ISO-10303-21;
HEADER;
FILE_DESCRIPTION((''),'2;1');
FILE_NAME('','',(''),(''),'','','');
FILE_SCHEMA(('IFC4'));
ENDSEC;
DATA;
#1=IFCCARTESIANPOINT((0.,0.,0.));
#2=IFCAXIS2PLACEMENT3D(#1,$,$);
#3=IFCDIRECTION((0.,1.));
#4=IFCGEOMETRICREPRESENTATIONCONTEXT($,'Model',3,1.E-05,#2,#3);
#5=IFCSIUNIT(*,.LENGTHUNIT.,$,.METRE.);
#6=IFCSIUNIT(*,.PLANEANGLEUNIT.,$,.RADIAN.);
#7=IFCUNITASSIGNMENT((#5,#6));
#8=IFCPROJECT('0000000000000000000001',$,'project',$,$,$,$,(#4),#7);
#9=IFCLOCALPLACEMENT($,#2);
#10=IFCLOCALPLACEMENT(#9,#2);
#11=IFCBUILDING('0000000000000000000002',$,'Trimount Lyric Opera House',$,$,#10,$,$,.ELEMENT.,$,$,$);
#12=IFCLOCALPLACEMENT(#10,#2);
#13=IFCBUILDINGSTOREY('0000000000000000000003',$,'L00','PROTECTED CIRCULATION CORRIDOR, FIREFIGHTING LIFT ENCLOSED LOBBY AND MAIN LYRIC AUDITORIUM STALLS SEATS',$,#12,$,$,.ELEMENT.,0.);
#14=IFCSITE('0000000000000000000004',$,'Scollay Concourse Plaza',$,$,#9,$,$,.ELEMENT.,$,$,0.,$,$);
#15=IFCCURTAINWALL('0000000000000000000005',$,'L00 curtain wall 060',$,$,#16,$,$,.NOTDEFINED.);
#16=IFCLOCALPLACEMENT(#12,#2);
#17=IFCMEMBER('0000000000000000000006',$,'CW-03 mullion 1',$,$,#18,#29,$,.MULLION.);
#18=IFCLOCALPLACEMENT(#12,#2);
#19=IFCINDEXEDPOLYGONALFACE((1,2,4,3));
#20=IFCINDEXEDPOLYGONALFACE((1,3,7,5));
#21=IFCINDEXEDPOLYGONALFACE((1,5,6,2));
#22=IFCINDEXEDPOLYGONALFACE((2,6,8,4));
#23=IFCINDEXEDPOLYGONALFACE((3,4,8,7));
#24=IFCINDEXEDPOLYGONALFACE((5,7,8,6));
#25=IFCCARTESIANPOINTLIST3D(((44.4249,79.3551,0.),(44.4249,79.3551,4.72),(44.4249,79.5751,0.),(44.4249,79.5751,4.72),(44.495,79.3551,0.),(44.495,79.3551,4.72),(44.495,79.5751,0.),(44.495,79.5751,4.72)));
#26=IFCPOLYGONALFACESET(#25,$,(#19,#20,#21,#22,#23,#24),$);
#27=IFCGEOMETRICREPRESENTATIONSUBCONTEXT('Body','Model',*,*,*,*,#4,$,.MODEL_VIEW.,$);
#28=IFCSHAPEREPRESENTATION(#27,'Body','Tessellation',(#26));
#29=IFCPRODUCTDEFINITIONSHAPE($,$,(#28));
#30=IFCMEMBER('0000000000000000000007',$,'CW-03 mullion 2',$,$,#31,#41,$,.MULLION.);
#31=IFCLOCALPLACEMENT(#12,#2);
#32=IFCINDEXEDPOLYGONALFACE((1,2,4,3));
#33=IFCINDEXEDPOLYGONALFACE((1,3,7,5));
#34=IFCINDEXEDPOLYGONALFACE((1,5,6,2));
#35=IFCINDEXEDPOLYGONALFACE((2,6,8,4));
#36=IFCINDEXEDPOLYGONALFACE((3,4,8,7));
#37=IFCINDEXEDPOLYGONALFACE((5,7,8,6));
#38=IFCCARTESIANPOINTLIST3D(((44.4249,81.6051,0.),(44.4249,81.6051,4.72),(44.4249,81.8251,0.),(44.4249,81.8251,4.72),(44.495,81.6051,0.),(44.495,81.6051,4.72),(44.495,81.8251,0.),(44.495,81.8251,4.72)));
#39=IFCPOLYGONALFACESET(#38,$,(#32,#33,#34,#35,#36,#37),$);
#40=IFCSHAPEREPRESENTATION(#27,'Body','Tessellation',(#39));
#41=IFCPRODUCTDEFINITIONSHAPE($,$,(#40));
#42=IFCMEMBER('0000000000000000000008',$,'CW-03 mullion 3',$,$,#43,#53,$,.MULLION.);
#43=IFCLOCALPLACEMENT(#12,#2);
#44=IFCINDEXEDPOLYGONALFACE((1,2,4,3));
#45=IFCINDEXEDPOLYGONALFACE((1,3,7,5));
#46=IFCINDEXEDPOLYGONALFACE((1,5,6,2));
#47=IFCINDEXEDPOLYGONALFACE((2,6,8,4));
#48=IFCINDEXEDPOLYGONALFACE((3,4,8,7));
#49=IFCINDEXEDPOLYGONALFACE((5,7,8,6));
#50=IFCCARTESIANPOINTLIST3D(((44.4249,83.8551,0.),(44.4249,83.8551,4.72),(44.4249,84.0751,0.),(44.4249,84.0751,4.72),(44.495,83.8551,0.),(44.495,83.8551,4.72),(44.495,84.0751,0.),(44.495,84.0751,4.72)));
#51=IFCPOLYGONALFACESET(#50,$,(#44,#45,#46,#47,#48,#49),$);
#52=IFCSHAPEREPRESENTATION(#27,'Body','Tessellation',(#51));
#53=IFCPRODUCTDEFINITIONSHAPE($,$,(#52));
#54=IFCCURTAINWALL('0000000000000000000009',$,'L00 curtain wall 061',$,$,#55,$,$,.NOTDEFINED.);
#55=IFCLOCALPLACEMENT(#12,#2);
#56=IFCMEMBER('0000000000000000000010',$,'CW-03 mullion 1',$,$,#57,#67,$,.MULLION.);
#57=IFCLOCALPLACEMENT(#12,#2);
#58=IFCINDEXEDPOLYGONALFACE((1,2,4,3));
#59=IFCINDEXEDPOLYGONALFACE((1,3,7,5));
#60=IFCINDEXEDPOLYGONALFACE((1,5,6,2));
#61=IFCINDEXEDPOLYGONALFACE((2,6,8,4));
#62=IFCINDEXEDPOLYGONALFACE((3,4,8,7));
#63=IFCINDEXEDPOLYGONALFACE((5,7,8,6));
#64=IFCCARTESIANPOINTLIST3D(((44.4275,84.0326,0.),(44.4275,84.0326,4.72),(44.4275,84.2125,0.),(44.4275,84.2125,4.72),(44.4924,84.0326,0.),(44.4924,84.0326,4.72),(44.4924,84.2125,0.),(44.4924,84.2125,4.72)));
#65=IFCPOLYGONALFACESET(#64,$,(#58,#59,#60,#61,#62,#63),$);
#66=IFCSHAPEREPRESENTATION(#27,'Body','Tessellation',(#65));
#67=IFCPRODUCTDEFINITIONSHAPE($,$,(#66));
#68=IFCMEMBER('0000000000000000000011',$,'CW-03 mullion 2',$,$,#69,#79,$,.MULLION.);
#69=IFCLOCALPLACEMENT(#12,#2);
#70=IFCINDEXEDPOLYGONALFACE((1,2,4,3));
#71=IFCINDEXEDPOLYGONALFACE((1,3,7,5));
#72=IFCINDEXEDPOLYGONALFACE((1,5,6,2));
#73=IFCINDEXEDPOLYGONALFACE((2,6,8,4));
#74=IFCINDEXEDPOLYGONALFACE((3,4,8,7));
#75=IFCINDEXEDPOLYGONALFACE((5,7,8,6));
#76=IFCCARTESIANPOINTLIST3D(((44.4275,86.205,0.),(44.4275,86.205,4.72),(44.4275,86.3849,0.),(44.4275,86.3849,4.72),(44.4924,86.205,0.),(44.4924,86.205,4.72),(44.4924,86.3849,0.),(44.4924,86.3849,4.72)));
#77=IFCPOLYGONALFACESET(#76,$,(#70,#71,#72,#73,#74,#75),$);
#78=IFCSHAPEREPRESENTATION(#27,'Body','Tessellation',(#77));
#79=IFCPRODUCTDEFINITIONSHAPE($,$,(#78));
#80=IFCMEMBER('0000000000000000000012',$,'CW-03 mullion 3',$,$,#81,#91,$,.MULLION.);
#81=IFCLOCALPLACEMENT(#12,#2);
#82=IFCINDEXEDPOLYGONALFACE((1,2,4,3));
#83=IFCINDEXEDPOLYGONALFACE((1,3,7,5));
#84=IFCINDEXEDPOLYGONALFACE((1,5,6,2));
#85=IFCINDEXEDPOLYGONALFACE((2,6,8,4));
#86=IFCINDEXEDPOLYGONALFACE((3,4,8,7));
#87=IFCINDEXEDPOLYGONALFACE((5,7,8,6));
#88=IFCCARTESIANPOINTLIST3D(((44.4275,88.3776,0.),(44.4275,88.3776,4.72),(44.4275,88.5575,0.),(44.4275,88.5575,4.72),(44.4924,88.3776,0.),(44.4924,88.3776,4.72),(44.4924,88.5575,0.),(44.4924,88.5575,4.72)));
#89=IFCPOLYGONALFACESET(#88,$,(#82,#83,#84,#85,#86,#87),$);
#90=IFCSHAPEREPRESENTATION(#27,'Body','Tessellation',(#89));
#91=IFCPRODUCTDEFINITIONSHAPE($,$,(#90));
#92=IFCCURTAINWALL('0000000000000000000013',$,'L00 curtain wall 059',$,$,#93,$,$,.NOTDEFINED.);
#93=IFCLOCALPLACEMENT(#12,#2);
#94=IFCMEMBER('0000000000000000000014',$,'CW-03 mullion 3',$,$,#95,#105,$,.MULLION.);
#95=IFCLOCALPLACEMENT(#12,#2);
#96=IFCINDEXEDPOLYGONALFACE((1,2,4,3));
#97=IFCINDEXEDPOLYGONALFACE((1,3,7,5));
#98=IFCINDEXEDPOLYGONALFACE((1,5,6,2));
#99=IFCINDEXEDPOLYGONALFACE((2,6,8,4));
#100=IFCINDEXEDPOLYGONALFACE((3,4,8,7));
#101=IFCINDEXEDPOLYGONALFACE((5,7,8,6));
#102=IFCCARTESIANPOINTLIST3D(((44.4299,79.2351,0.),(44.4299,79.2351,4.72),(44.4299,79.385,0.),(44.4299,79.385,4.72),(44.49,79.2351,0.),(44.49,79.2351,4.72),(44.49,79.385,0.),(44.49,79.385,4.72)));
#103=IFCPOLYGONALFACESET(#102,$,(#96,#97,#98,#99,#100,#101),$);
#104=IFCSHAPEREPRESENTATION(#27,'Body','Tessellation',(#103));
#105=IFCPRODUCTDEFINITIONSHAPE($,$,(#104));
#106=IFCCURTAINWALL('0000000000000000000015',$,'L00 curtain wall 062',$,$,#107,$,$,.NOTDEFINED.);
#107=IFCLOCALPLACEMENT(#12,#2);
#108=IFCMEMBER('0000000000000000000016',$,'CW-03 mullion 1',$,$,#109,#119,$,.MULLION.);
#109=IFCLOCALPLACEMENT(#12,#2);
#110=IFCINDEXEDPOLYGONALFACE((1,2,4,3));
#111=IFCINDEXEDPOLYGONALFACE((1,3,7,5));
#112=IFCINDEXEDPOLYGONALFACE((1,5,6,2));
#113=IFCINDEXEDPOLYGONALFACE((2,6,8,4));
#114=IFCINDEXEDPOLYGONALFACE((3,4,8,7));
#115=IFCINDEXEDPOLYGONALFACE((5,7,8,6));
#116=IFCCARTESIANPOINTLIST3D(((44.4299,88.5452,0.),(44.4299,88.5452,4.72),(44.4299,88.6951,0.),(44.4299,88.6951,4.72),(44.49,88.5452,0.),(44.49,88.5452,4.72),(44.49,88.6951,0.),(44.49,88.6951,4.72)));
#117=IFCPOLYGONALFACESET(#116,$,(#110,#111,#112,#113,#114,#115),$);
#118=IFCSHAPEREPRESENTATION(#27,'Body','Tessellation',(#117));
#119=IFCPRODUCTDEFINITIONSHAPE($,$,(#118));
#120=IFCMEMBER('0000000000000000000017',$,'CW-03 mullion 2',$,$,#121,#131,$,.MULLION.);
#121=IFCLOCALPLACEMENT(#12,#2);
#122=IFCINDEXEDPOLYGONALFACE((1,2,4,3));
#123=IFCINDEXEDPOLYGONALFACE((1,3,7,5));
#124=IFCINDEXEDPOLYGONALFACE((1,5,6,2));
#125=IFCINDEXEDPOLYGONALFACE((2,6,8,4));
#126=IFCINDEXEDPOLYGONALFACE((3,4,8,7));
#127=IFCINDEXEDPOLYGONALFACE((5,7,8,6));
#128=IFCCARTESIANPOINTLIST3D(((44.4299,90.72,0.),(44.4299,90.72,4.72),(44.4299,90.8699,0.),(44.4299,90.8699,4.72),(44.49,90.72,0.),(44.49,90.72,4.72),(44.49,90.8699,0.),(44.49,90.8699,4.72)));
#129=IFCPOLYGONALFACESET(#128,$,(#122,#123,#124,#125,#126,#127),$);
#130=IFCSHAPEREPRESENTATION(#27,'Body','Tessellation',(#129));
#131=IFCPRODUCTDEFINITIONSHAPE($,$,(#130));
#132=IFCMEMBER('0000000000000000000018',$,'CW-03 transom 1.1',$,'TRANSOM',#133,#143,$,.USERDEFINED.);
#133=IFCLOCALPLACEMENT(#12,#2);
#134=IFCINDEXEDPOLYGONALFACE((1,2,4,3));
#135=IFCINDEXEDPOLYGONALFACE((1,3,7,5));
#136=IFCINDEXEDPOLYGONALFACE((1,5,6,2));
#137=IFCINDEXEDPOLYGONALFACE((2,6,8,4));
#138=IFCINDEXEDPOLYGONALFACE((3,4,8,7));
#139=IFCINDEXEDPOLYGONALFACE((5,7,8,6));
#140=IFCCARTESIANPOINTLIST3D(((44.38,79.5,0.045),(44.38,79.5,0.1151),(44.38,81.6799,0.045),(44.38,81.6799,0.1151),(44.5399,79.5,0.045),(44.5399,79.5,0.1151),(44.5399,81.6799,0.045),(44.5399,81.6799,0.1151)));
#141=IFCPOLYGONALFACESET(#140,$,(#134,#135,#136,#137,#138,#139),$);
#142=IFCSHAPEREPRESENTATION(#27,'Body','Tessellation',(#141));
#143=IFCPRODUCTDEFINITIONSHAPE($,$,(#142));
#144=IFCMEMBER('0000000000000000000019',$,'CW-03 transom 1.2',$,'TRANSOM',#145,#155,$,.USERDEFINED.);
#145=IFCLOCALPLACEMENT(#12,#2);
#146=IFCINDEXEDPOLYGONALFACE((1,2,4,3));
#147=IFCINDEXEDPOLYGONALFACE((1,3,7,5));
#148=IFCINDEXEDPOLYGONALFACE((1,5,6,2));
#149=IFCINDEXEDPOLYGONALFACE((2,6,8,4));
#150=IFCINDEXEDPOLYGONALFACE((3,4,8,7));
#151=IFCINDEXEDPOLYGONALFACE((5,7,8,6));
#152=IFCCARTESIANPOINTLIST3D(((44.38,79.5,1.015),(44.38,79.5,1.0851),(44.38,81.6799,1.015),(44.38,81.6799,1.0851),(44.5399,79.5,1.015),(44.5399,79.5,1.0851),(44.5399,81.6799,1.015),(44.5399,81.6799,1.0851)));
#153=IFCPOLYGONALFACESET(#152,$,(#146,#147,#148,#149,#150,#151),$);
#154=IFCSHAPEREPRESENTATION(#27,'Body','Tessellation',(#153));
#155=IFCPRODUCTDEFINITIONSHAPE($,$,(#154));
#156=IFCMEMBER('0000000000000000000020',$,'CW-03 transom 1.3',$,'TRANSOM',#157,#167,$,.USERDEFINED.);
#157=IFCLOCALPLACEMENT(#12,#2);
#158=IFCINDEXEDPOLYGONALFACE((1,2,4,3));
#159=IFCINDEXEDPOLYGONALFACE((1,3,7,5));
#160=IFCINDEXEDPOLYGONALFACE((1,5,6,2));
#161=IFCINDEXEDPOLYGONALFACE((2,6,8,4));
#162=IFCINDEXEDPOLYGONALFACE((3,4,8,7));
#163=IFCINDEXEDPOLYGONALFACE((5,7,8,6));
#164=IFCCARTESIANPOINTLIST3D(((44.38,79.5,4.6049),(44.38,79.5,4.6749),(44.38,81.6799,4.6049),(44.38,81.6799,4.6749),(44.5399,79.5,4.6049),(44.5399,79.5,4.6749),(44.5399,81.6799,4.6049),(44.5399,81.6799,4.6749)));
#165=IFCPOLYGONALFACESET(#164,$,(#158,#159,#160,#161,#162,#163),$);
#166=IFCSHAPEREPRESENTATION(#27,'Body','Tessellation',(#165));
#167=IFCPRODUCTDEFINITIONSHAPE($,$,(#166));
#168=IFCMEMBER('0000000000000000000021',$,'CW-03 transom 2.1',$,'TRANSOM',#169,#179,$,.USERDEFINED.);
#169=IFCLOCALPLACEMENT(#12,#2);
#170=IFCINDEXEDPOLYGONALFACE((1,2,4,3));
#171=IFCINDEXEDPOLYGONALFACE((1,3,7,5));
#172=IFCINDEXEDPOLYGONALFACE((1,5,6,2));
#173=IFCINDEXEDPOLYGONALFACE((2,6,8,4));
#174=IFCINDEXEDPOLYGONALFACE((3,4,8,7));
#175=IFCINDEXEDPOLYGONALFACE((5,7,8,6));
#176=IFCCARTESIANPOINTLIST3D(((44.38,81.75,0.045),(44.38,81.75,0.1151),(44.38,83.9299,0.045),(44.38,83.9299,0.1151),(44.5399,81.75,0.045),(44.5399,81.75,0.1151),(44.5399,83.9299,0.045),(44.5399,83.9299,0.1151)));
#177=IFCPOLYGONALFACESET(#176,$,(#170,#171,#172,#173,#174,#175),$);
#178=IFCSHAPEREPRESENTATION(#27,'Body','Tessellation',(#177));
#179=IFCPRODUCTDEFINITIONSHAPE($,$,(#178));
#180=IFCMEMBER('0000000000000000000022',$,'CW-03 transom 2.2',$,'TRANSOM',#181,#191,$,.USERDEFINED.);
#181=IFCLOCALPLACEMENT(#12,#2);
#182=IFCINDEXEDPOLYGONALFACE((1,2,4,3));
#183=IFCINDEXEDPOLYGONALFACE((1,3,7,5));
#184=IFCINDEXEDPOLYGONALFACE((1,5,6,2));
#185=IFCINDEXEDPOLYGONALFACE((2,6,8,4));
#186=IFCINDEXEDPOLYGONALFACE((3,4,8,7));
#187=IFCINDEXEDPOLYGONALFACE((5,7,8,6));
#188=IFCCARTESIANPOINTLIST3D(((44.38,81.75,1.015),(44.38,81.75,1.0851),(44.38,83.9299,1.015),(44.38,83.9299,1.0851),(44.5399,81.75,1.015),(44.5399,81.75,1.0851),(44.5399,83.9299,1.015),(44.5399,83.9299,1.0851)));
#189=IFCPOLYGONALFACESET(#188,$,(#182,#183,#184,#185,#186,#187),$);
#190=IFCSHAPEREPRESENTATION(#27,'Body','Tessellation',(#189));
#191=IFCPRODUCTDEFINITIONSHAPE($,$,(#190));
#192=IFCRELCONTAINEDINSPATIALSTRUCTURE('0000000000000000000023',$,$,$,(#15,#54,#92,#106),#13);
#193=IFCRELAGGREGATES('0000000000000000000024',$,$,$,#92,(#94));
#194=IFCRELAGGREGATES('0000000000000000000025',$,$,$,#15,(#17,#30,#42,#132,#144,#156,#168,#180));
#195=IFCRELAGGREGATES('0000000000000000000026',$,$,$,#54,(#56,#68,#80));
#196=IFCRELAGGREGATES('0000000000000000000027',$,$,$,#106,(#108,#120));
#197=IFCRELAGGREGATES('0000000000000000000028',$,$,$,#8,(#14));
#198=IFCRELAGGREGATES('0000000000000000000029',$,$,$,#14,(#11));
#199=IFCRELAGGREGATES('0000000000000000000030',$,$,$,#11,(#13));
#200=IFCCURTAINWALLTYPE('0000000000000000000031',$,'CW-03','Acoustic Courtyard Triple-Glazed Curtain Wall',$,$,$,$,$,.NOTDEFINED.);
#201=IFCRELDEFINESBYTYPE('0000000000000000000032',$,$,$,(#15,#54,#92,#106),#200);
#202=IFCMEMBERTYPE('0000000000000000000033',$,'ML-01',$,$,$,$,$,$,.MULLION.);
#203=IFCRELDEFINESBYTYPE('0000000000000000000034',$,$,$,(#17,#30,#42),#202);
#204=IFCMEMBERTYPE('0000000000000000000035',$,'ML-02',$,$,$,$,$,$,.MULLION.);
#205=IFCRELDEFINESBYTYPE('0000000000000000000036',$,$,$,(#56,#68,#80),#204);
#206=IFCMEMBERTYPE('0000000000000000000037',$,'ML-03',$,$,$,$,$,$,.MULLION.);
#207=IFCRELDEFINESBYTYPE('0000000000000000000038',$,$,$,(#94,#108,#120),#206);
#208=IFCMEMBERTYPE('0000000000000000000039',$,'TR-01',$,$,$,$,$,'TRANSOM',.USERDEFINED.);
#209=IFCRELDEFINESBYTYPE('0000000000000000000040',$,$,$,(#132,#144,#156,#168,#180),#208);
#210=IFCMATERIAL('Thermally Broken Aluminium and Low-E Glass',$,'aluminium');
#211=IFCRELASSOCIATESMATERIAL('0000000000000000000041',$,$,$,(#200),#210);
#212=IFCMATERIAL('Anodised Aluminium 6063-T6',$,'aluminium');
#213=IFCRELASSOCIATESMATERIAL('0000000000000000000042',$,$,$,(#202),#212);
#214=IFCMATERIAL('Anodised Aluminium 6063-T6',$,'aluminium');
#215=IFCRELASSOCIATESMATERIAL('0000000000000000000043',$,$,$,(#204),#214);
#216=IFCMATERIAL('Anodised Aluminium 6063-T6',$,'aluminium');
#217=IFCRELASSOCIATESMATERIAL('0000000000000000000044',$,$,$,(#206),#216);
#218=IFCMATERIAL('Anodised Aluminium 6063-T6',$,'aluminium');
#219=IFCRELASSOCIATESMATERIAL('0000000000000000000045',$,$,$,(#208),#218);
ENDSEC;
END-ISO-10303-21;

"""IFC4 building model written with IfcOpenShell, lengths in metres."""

from ifc_helpers import new_model, si_unit, direction, frame, origin, origin_2d, place, context, subcontext, project, spatial, rectangle, extrude, material, material_profile, profile_set, type_object, element, aggregate, save


model = new_model("IFC4")

# Units and contexts
model_context = context("Model", 3, precision=1e-05, world=origin(), true_north=direction((0.0, 1.0)))
body_context = subcontext(model_context, "Body", "Model", "MODEL_VIEW")
ifc_project = project(units=[si_unit("LENGTHUNIT", "METRE"), si_unit("PLANEANGLEUNIT", "RADIAN")], contexts=[model_context])

# Site, building, storey
site_placement = place(None, origin())
site = spatial("IfcSite", under=ifc_project, at=site_placement, Name="Scollay Concourse Plaza", CompositionType="ELEMENT", RefElevation=0.0)
building_placement = place(site_placement, origin())
building = spatial("IfcBuilding", under=site, at=building_placement, Name="Trimount Lyric Opera House", CompositionType="ELEMENT")
storey_placement = place(building_placement, origin())
storey = spatial("IfcBuildingStorey", under=building, at=storey_placement, Name="L00", Description="PROTECTED CIRCULATION CORRIDOR, FIREFIGHTING LIFT ENCLOSED LOBBY AND MAIN LYRIC AUDITORIUM STALLS SEATS", CompositionType="ELEMENT", Elevation=0.0)

# Curtain walls, members
ifc_material_1 = material(Name="Thermally Broken Aluminium and Low-E Glass", Category="aluminium")
curtain_wall_type = type_object("IfcCurtainWallType", Name="CW-03", Description="Acoustic Courtyard Triple-Glazed Curtain Wall", PredefinedType="NOTDEFINED", material=ifc_material_1)
curtain_wall_1_placement = place(storey_placement, origin())
curtain_wall_1 = element("IfcCurtainWall", 1, at=curtain_wall_1_placement, inside=storey, type_object=curtain_wall_type, Name="L00 curtain wall 060", PredefinedType="NOTDEFINED")
ifc_material_2 = material(Name="Anodised Aluminium 6063-T6", Category="aluminium")
ifc_material_profile_1 = material_profile(ifc_material_2, rectangle(XDim=0.0701, YDim=0.22, at=origin_2d()), Name="ALU-MULL-70X220")
ifc_profile_set_1 = profile_set([ifc_material_profile_1], Name="Anodised Aluminium 6063-T6")
member_type_1 = type_object("IfcMemberType", Name="ML-01", PredefinedType="MULLION", material=ifc_profile_set_1)
member_1_placement = place(storey_placement, frame((44.46, 79.4651, 0.0), z_axis=(0.0, 0.0, 1.0), x_axis=(-1.0, 0.0, 0.0)))
member_1 = element("IfcMember", 2, at=member_1_placement, type_object=member_type_1, Name="CW-03 mullion 1", PredefinedType="MULLION", context=body_context, shape_type="SweptSolid", body=[
    extrude(rectangle(XDim=0.0701, YDim=0.22, at=origin_2d()), origin(), (0.0, 0.0, 1.0), 4.72),
])
member_2_placement = place(storey_placement, frame((44.46, 81.7151, 0.0), z_axis=(0.0, 0.0, 1.0), x_axis=(-1.0, 0.0, 0.0)))
member_2 = element("IfcMember", 3, at=member_2_placement, type_object=member_type_1, Name="CW-03 mullion 2", PredefinedType="MULLION", context=body_context, shape_type="SweptSolid", body=[
    extrude(rectangle(XDim=0.0701, YDim=0.22, at=origin_2d()), origin(), (0.0, 0.0, 1.0), 4.72),
])
member_3_placement = place(storey_placement, frame((44.46, 83.9651, 0.0), z_axis=(0.0, 0.0, 1.0), x_axis=(-1.0, 0.0, 0.0)))
member_3 = element("IfcMember", 4, at=member_3_placement, type_object=member_type_1, Name="CW-03 mullion 3", PredefinedType="MULLION", context=body_context, shape_type="SweptSolid", body=[
    extrude(rectangle(XDim=0.0701, YDim=0.22, at=origin_2d()), origin(), (0.0, 0.0, 1.0), 4.72),
])
curtain_wall_2_placement = place(storey_placement, origin())
curtain_wall_2 = element("IfcCurtainWall", 5, at=curtain_wall_2_placement, inside=storey, type_object=curtain_wall_type, Name="L00 curtain wall 061", PredefinedType="NOTDEFINED")
ifc_material_3 = material(Name="Anodised Aluminium 6063-T6", Category="aluminium")
ifc_material_profile_2 = material_profile(ifc_material_3, rectangle(XDim=0.0649, YDim=0.1799, at=origin_2d()), Name="ALU-MULL-65X180")
ifc_profile_set_2 = profile_set([ifc_material_profile_2], Name="Anodised Aluminium 6063-T6")
member_type_2 = type_object("IfcMemberType", Name="ML-02", PredefinedType="MULLION", material=ifc_profile_set_2)
member_4_placement = place(storey_placement, frame((44.46, 84.1226, 0.0), z_axis=(0.0, 0.0, 1.0), x_axis=(-1.0, 0.0, 0.0)))
member_4 = element("IfcMember", 6, at=member_4_placement, type_object=member_type_2, Name="CW-03 mullion 1", PredefinedType="MULLION", context=body_context, shape_type="SweptSolid", body=[
    extrude(rectangle(XDim=0.0649, YDim=0.1799, at=origin_2d()), origin(), (0.0, 0.0, 1.0), 4.72),
])
member_5_placement = place(storey_placement, frame((44.46, 86.2949, 0.0), z_axis=(0.0, 0.0, 1.0), x_axis=(-1.0, 0.0, 0.0)))
member_5 = element("IfcMember", 7, at=member_5_placement, type_object=member_type_2, Name="CW-03 mullion 2", PredefinedType="MULLION", context=body_context, shape_type="SweptSolid", body=[
    extrude(rectangle(XDim=0.0649, YDim=0.1799, at=origin_2d()), origin(), (0.0, 0.0, 1.0), 4.72),
])
member_6_placement = place(storey_placement, frame((44.46, 88.4675, 0.0), z_axis=(0.0, 0.0, 1.0), x_axis=(-1.0, 0.0, 0.0)))
member_6 = element("IfcMember", 8, at=member_6_placement, type_object=member_type_2, Name="CW-03 mullion 3", PredefinedType="MULLION", context=body_context, shape_type="SweptSolid", body=[
    extrude(rectangle(XDim=0.0649, YDim=0.1799, at=origin_2d()), origin(), (0.0, 0.0, 1.0), 4.72),
])

# Curtain wall, member
curtain_wall_3_placement = place(storey_placement, origin())
curtain_wall_3 = element("IfcCurtainWall", 9, at=curtain_wall_3_placement, inside=storey, type_object=curtain_wall_type, Name="L00 curtain wall 059", PredefinedType="NOTDEFINED")
ifc_material_4 = material(Name="Anodised Aluminium 6063-T6", Category="aluminium")
ifc_material_profile_3 = material_profile(ifc_material_4, rectangle(XDim=0.0601, YDim=0.1499, at=origin_2d()), Name="ALU-MULL-60X150")
ifc_profile_set_3 = profile_set([ifc_material_profile_3], Name="Anodised Aluminium 6063-T6")
member_type_3 = type_object("IfcMemberType", Name="ML-03", PredefinedType="MULLION", material=ifc_profile_set_3)
member_7_placement = place(storey_placement, frame((44.46, 79.3101, 0.0), z_axis=(0.0, 0.0, 1.0), x_axis=(-1.0, 0.0, 0.0)))
member_7 = element("IfcMember", 10, at=member_7_placement, type_object=member_type_3, Name="CW-03 mullion 3", PredefinedType="MULLION", context=body_context, shape_type="SweptSolid", body=[
    extrude(rectangle(XDim=0.0601, YDim=0.1499, at=origin_2d()), origin(), (0.0, 0.0, 1.0), 4.72),
])

# Curtain wall, members
curtain_wall_4_placement = place(storey_placement, origin())
curtain_wall_4 = element("IfcCurtainWall", 11, at=curtain_wall_4_placement, inside=storey, type_object=curtain_wall_type, Name="L00 curtain wall 062", PredefinedType="NOTDEFINED")
member_8_placement = place(storey_placement, frame((44.46, 88.6201, 0.0), z_axis=(0.0, 0.0, 1.0), x_axis=(-1.0, 0.0, 0.0)))
member_8 = element("IfcMember", 12, at=member_8_placement, type_object=member_type_3, Name="CW-03 mullion 1", PredefinedType="MULLION", context=body_context, shape_type="SweptSolid", body=[
    extrude(rectangle(XDim=0.0601, YDim=0.1499, at=origin_2d()), origin(), (0.0, 0.0, 1.0), 4.72),
])
member_9_placement = place(storey_placement, frame((44.46, 90.7949, 0.0), z_axis=(0.0, 0.0, 1.0), x_axis=(-1.0, 0.0, 0.0)))
member_9 = element("IfcMember", 13, at=member_9_placement, type_object=member_type_3, Name="CW-03 mullion 2", PredefinedType="MULLION", context=body_context, shape_type="SweptSolid", body=[
    extrude(rectangle(XDim=0.0601, YDim=0.1499, at=origin_2d()), origin(), (0.0, 0.0, 1.0), 4.72),
])

# Members
ifc_material_5 = material(Name="Anodised Aluminium 6063-T6", Category="aluminium")
ifc_material_profile_4 = material_profile(ifc_material_5, rectangle(XDim=0.1599, YDim=0.0701, at=origin_2d()), Name="ALU-TRAN-70X160")
ifc_profile_set_4 = profile_set([ifc_material_profile_4], Name="Anodised Aluminium 6063-T6")
member_type_4 = type_object("IfcMemberType", Name="TR-01", ElementType="TRANSOM", PredefinedType="USERDEFINED", material=ifc_profile_set_4)
member_10_placement = place(storey_placement, frame((44.46, 79.5, 0.0801), z_axis=(0.0, 1.0, 0.0), x_axis=(-1.0, 0.0, 0.0)))
member_10 = element("IfcMember", 14, at=member_10_placement, type_object=member_type_4, Name="CW-03 transom 1.1", ObjectType="TRANSOM", PredefinedType="USERDEFINED", context=body_context, shape_type="SweptSolid", body=[
    extrude(rectangle(XDim=0.1599, YDim=0.0701, at=origin_2d()), origin(), (0.0, 0.0, 1.0), 2.1799),
])
member_11_placement = place(storey_placement, frame((44.46, 79.5, 1.05), z_axis=(0.0, 1.0, 0.0), x_axis=(-1.0, 0.0, 0.0)))
member_11 = element("IfcMember", 15, at=member_11_placement, type_object=member_type_4, Name="CW-03 transom 1.2", ObjectType="TRANSOM", PredefinedType="USERDEFINED", context=body_context, shape_type="SweptSolid", body=[
    extrude(rectangle(XDim=0.1599, YDim=0.0701, at=origin_2d()), origin(), (0.0, 0.0, 1.0), 2.1799),
])
member_12_placement = place(storey_placement, frame((44.46, 79.5, 4.6399), z_axis=(0.0, 1.0, 0.0), x_axis=(-1.0, 0.0, 0.0)))
member_12 = element("IfcMember", 16, at=member_12_placement, type_object=member_type_4, Name="CW-03 transom 1.3", ObjectType="TRANSOM", PredefinedType="USERDEFINED", context=body_context, shape_type="SweptSolid", body=[
    extrude(rectangle(XDim=0.1599, YDim=0.0701, at=origin_2d()), origin(), (0.0, 0.0, 1.0), 2.1799),
])
member_13_placement = place(storey_placement, frame((44.46, 81.75, 0.0801), z_axis=(0.0, 1.0, 0.0), x_axis=(-1.0, 0.0, 0.0)))
member_13 = element("IfcMember", 17, at=member_13_placement, type_object=member_type_4, Name="CW-03 transom 2.1", ObjectType="TRANSOM", PredefinedType="USERDEFINED", context=body_context, shape_type="SweptSolid", body=[
    extrude(rectangle(XDim=0.1599, YDim=0.0701, at=origin_2d()), origin(), (0.0, 0.0, 1.0), 2.1799),
])
member_14_placement = place(storey_placement, frame((44.46, 81.75, 1.05), z_axis=(0.0, 1.0, 0.0), x_axis=(-1.0, 0.0, 0.0)))
member_14 = element("IfcMember", 18, at=member_14_placement, type_object=member_type_4, Name="CW-03 transom 2.2", ObjectType="TRANSOM", PredefinedType="USERDEFINED", context=body_context, shape_type="SweptSolid", body=[
    extrude(rectangle(XDim=0.1599, YDim=0.0701, at=origin_2d()), origin(), (0.0, 0.0, 1.0), 2.1799),
])

aggregate(curtain_wall_3, [member_7])
aggregate(curtain_wall_1, [member_1, member_2, member_3, member_10, member_11, member_12, member_13, member_14])
aggregate(curtain_wall_2, [member_4, member_5, member_6])
aggregate(curtain_wall_4, [member_8, member_9])

save(model, "model.ifc")
